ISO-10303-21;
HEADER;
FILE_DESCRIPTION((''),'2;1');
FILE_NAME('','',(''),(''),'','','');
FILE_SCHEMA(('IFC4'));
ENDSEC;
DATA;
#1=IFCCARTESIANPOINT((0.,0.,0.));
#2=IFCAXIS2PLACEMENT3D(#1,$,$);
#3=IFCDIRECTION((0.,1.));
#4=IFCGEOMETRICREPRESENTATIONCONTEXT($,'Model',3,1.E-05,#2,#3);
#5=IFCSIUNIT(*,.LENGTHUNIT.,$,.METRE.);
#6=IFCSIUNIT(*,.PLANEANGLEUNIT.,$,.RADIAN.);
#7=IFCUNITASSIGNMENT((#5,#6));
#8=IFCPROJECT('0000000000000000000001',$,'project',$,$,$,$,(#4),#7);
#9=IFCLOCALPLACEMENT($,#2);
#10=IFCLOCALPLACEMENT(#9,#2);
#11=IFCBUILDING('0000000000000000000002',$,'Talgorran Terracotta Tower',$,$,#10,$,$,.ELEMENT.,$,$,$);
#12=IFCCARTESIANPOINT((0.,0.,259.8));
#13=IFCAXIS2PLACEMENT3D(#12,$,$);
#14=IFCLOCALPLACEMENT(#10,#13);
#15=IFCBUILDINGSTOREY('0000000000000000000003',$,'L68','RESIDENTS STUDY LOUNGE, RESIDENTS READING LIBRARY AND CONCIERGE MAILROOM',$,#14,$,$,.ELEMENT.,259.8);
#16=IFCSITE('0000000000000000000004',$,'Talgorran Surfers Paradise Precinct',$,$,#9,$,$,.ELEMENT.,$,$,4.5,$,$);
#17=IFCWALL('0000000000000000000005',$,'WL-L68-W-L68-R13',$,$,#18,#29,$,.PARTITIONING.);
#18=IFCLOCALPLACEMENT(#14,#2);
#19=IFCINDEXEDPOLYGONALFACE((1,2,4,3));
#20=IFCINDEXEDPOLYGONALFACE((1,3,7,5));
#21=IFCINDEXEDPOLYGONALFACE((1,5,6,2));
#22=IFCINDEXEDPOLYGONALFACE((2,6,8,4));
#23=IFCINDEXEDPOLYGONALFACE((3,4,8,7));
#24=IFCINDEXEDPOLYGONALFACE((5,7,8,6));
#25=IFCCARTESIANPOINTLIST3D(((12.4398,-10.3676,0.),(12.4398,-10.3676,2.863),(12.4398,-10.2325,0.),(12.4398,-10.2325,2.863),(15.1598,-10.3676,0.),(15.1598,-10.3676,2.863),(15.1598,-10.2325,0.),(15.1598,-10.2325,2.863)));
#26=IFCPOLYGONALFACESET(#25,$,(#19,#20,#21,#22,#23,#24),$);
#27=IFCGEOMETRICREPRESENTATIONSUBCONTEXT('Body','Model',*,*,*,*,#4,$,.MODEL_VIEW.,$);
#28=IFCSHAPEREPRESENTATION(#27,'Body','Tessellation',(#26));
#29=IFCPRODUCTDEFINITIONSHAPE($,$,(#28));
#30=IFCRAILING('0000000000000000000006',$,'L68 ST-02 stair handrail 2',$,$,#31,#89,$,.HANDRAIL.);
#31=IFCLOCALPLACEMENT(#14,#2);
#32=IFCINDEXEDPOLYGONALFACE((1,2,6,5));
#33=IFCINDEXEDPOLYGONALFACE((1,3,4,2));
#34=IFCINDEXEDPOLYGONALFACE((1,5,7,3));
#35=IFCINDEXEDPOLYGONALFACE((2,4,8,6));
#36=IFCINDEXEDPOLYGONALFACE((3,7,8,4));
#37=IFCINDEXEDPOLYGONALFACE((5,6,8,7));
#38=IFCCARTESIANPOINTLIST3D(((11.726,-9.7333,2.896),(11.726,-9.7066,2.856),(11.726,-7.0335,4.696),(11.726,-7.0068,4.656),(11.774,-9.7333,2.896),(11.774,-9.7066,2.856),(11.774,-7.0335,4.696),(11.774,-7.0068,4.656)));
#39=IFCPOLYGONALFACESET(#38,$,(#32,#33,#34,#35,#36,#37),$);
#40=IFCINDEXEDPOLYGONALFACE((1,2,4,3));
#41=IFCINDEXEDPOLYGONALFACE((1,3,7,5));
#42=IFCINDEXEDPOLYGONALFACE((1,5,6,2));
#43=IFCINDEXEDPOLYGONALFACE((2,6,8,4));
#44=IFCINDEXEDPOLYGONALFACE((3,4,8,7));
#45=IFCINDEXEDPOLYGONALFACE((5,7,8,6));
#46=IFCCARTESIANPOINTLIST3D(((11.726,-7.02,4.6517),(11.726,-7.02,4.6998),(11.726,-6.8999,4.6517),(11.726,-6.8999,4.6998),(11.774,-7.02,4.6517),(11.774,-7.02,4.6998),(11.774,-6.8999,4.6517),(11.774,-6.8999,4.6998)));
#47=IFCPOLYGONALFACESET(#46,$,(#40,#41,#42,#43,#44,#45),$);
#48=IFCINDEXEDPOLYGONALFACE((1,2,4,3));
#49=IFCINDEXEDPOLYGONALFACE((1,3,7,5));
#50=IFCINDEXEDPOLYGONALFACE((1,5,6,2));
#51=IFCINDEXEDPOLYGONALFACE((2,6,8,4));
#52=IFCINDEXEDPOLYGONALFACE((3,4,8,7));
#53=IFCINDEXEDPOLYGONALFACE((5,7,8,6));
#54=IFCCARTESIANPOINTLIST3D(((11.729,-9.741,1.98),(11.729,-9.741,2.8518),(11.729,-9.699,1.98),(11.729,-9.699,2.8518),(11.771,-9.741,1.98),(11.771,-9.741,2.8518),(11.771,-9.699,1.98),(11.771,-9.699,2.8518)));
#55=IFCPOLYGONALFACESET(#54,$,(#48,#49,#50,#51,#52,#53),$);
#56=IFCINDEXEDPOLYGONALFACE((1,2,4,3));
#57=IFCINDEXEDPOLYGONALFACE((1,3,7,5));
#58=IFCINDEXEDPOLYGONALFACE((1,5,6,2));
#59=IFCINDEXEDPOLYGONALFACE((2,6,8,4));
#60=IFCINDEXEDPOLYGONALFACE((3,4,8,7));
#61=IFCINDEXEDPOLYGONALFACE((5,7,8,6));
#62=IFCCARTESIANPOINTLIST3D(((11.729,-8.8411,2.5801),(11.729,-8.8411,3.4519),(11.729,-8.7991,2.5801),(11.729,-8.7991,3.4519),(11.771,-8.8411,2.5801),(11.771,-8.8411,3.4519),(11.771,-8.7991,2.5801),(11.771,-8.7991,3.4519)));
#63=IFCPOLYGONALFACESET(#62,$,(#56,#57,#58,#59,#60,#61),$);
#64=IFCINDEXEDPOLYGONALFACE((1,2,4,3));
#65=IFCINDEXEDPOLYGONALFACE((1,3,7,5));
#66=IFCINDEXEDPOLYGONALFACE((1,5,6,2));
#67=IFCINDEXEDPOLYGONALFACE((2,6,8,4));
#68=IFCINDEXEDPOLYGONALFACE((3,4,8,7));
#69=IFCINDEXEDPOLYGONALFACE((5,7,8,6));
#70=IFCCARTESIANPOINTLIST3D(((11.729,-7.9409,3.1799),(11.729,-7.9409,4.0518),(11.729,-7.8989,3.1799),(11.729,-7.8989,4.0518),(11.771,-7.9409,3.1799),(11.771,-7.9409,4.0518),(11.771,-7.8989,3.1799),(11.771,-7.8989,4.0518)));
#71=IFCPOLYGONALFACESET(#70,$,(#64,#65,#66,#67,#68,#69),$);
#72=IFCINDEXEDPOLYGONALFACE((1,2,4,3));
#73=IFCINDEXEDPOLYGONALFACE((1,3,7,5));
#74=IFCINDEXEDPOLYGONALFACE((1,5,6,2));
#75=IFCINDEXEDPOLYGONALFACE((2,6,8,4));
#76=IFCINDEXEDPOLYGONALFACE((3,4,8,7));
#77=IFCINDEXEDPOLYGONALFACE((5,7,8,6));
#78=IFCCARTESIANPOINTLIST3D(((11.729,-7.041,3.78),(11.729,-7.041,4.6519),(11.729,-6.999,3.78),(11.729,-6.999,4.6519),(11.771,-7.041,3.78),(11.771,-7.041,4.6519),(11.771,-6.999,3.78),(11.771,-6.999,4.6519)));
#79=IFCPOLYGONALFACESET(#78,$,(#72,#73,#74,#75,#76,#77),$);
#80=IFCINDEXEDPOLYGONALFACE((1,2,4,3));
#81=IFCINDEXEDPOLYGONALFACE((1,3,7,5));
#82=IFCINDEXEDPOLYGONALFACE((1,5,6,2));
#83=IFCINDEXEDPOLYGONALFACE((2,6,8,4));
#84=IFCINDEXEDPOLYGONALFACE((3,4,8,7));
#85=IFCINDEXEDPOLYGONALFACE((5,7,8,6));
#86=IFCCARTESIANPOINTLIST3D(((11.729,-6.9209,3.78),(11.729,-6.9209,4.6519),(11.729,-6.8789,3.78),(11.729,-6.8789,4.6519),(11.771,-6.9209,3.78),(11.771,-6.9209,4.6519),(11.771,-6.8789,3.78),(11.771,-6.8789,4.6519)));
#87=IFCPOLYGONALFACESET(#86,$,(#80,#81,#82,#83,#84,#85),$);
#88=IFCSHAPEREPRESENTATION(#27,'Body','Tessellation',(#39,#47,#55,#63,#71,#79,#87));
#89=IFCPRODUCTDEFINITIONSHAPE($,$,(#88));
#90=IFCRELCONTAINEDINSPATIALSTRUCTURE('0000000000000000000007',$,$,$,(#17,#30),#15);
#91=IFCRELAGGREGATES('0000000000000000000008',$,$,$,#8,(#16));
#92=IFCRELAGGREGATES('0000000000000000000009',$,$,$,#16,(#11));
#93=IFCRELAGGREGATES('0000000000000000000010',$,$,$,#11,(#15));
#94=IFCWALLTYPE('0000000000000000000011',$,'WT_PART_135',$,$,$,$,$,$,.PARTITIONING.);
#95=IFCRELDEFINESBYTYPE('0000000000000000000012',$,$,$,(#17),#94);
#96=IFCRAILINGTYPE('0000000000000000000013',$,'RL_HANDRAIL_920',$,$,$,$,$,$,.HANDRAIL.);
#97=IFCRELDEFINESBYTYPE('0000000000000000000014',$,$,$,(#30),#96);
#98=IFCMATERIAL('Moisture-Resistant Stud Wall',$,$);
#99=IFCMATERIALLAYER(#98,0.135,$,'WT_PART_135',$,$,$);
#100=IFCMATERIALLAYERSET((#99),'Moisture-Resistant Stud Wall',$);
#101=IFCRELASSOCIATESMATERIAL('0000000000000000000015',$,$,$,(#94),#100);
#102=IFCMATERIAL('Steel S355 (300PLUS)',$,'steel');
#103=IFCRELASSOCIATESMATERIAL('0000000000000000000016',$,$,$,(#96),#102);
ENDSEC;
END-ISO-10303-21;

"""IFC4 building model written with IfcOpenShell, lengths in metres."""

from ifc_helpers import new_model, si_unit, direction, frame, frame_2d, origin, origin_2d, place, context, subcontext, project, spatial, rectangle, extrude, material, layer, layer_set, type_object, element, save


model = new_model("IFC4")

# Units and contexts
model_context = context("Model", 3, precision=1e-05, world=origin(), true_north=direction((0.0, 1.0)))
body_context = subcontext(model_context, "Body", "Model", "MODEL_VIEW")
ifc_project = project(units=[si_unit("LENGTHUNIT", "METRE"), si_unit("PLANEANGLEUNIT", "RADIAN")], contexts=[model_context])

# Site, building, storey
site_placement = place(None, origin())
site = spatial("IfcSite", under=ifc_project, at=site_placement, Name="Talgorran Surfers Paradise Precinct", CompositionType="ELEMENT", RefElevation=4.5)
building_placement = place(site_placement, origin())
building = spatial("IfcBuilding", under=site, at=building_placement, Name="Talgorran Terracotta Tower", CompositionType="ELEMENT")
storey_placement = place(building_placement, frame((0.0, 0.0, 259.8)))
storey = spatial("IfcBuildingStorey", under=building, at=storey_placement, Name="L68", Description="RESIDENTS STUDY LOUNGE, RESIDENTS READING LIBRARY AND CONCIERGE MAILROOM", CompositionType="ELEMENT", Elevation=259.8)

# Shared definitions
ifc_material_1 = material(Name="Steel S355 (300PLUS)", Category="steel")

# Shared definitions
ifc_material_2 = material(Name="Moisture-Resistant Stud Wall")
ifc_layer_1 = layer(ifc_material_2, 0.135, Name="WT_PART_135")
ifc_layer_set_1 = layer_set([ifc_layer_1], Name="Moisture-Resistant Stud Wall")
wall_type_1 = type_object("IfcWallType", Name="WT_PART_135", PredefinedType="PARTITIONING", material=ifc_layer_set_1)

# Wall
wall_1_placement = place(storey_placement, frame((12.4399, -10.3, 0.0), z_axis=(0.0, 0.0, 1.0), x_axis=(1.0, 0.0, 0.0)))
element("IfcWall", 1, at=wall_1_placement, inside=storey, type_object=wall_type_1, Name="WL-L68-W-L68-R13", PredefinedType="PARTITIONING", context=body_context, shape_type="SweptSolid", body=[
    extrude(rectangle(XDim=2.72, YDim=0.135, at=frame_2d((1.3599, 0.0))), origin(), (0.0, 0.0, 1.0), 2.863),
])

# Railing
railing_type = type_object("IfcRailingType", Name="RL_HANDRAIL_920", PredefinedType="HANDRAIL", material=ifc_material_1)
railing_placement = place(storey_placement, frame((11.75, -9.72, 1.98)))
element("IfcRailing", 2, at=railing_placement, inside=storey, type_object=railing_type, Name="L68 ST-02 stair handrail 2", PredefinedType="HANDRAIL", context=body_context, shape_type="SweptSolid", body=[
    extrude(rectangle(XDim=0.0481, YDim=0.0481, at=origin_2d()), frame((0.0, 0.0, 0.896), z_axis=(0.0, 0.832039, 0.554718), x_axis=(-1.0, 0.0, 0.0)), (0.0, 0.0, 1.0), 3.2449),
    extrude(rectangle(XDim=0.0481, YDim=0.0481, at=origin_2d()), frame((0.0, 2.7, 2.6958), z_axis=(0.0, 1.0, 0.0), x_axis=(-1.0, 0.0, 0.0)), (0.0, 0.0, 1.0), 0.1201),
    extrude(rectangle(XDim=0.042, YDim=0.042, at=origin_2d()), origin(), (0.0, 0.0, 1.0), 0.8718),
    extrude(rectangle(XDim=0.042, YDim=0.042, at=origin_2d()), frame((0.0, 0.8999, 0.6001)), (0.0, 0.0, 1.0), 0.8718),
    extrude(rectangle(XDim=0.042, YDim=0.042, at=origin_2d()), frame((0.0, 1.8, 1.2)), (0.0, 0.0, 1.0), 0.8718),
    extrude(rectangle(XDim=0.042, YDim=0.042, at=origin_2d()), frame((0.0, 2.7, 1.8)), (0.0, 0.0, 1.0), 0.8718),
    extrude(rectangle(XDim=0.042, YDim=0.042, at=origin_2d()), frame((0.0, 2.8201, 1.8)), (0.0, 0.0, 1.0), 0.8718),
])

save(model, "model.ifc")
